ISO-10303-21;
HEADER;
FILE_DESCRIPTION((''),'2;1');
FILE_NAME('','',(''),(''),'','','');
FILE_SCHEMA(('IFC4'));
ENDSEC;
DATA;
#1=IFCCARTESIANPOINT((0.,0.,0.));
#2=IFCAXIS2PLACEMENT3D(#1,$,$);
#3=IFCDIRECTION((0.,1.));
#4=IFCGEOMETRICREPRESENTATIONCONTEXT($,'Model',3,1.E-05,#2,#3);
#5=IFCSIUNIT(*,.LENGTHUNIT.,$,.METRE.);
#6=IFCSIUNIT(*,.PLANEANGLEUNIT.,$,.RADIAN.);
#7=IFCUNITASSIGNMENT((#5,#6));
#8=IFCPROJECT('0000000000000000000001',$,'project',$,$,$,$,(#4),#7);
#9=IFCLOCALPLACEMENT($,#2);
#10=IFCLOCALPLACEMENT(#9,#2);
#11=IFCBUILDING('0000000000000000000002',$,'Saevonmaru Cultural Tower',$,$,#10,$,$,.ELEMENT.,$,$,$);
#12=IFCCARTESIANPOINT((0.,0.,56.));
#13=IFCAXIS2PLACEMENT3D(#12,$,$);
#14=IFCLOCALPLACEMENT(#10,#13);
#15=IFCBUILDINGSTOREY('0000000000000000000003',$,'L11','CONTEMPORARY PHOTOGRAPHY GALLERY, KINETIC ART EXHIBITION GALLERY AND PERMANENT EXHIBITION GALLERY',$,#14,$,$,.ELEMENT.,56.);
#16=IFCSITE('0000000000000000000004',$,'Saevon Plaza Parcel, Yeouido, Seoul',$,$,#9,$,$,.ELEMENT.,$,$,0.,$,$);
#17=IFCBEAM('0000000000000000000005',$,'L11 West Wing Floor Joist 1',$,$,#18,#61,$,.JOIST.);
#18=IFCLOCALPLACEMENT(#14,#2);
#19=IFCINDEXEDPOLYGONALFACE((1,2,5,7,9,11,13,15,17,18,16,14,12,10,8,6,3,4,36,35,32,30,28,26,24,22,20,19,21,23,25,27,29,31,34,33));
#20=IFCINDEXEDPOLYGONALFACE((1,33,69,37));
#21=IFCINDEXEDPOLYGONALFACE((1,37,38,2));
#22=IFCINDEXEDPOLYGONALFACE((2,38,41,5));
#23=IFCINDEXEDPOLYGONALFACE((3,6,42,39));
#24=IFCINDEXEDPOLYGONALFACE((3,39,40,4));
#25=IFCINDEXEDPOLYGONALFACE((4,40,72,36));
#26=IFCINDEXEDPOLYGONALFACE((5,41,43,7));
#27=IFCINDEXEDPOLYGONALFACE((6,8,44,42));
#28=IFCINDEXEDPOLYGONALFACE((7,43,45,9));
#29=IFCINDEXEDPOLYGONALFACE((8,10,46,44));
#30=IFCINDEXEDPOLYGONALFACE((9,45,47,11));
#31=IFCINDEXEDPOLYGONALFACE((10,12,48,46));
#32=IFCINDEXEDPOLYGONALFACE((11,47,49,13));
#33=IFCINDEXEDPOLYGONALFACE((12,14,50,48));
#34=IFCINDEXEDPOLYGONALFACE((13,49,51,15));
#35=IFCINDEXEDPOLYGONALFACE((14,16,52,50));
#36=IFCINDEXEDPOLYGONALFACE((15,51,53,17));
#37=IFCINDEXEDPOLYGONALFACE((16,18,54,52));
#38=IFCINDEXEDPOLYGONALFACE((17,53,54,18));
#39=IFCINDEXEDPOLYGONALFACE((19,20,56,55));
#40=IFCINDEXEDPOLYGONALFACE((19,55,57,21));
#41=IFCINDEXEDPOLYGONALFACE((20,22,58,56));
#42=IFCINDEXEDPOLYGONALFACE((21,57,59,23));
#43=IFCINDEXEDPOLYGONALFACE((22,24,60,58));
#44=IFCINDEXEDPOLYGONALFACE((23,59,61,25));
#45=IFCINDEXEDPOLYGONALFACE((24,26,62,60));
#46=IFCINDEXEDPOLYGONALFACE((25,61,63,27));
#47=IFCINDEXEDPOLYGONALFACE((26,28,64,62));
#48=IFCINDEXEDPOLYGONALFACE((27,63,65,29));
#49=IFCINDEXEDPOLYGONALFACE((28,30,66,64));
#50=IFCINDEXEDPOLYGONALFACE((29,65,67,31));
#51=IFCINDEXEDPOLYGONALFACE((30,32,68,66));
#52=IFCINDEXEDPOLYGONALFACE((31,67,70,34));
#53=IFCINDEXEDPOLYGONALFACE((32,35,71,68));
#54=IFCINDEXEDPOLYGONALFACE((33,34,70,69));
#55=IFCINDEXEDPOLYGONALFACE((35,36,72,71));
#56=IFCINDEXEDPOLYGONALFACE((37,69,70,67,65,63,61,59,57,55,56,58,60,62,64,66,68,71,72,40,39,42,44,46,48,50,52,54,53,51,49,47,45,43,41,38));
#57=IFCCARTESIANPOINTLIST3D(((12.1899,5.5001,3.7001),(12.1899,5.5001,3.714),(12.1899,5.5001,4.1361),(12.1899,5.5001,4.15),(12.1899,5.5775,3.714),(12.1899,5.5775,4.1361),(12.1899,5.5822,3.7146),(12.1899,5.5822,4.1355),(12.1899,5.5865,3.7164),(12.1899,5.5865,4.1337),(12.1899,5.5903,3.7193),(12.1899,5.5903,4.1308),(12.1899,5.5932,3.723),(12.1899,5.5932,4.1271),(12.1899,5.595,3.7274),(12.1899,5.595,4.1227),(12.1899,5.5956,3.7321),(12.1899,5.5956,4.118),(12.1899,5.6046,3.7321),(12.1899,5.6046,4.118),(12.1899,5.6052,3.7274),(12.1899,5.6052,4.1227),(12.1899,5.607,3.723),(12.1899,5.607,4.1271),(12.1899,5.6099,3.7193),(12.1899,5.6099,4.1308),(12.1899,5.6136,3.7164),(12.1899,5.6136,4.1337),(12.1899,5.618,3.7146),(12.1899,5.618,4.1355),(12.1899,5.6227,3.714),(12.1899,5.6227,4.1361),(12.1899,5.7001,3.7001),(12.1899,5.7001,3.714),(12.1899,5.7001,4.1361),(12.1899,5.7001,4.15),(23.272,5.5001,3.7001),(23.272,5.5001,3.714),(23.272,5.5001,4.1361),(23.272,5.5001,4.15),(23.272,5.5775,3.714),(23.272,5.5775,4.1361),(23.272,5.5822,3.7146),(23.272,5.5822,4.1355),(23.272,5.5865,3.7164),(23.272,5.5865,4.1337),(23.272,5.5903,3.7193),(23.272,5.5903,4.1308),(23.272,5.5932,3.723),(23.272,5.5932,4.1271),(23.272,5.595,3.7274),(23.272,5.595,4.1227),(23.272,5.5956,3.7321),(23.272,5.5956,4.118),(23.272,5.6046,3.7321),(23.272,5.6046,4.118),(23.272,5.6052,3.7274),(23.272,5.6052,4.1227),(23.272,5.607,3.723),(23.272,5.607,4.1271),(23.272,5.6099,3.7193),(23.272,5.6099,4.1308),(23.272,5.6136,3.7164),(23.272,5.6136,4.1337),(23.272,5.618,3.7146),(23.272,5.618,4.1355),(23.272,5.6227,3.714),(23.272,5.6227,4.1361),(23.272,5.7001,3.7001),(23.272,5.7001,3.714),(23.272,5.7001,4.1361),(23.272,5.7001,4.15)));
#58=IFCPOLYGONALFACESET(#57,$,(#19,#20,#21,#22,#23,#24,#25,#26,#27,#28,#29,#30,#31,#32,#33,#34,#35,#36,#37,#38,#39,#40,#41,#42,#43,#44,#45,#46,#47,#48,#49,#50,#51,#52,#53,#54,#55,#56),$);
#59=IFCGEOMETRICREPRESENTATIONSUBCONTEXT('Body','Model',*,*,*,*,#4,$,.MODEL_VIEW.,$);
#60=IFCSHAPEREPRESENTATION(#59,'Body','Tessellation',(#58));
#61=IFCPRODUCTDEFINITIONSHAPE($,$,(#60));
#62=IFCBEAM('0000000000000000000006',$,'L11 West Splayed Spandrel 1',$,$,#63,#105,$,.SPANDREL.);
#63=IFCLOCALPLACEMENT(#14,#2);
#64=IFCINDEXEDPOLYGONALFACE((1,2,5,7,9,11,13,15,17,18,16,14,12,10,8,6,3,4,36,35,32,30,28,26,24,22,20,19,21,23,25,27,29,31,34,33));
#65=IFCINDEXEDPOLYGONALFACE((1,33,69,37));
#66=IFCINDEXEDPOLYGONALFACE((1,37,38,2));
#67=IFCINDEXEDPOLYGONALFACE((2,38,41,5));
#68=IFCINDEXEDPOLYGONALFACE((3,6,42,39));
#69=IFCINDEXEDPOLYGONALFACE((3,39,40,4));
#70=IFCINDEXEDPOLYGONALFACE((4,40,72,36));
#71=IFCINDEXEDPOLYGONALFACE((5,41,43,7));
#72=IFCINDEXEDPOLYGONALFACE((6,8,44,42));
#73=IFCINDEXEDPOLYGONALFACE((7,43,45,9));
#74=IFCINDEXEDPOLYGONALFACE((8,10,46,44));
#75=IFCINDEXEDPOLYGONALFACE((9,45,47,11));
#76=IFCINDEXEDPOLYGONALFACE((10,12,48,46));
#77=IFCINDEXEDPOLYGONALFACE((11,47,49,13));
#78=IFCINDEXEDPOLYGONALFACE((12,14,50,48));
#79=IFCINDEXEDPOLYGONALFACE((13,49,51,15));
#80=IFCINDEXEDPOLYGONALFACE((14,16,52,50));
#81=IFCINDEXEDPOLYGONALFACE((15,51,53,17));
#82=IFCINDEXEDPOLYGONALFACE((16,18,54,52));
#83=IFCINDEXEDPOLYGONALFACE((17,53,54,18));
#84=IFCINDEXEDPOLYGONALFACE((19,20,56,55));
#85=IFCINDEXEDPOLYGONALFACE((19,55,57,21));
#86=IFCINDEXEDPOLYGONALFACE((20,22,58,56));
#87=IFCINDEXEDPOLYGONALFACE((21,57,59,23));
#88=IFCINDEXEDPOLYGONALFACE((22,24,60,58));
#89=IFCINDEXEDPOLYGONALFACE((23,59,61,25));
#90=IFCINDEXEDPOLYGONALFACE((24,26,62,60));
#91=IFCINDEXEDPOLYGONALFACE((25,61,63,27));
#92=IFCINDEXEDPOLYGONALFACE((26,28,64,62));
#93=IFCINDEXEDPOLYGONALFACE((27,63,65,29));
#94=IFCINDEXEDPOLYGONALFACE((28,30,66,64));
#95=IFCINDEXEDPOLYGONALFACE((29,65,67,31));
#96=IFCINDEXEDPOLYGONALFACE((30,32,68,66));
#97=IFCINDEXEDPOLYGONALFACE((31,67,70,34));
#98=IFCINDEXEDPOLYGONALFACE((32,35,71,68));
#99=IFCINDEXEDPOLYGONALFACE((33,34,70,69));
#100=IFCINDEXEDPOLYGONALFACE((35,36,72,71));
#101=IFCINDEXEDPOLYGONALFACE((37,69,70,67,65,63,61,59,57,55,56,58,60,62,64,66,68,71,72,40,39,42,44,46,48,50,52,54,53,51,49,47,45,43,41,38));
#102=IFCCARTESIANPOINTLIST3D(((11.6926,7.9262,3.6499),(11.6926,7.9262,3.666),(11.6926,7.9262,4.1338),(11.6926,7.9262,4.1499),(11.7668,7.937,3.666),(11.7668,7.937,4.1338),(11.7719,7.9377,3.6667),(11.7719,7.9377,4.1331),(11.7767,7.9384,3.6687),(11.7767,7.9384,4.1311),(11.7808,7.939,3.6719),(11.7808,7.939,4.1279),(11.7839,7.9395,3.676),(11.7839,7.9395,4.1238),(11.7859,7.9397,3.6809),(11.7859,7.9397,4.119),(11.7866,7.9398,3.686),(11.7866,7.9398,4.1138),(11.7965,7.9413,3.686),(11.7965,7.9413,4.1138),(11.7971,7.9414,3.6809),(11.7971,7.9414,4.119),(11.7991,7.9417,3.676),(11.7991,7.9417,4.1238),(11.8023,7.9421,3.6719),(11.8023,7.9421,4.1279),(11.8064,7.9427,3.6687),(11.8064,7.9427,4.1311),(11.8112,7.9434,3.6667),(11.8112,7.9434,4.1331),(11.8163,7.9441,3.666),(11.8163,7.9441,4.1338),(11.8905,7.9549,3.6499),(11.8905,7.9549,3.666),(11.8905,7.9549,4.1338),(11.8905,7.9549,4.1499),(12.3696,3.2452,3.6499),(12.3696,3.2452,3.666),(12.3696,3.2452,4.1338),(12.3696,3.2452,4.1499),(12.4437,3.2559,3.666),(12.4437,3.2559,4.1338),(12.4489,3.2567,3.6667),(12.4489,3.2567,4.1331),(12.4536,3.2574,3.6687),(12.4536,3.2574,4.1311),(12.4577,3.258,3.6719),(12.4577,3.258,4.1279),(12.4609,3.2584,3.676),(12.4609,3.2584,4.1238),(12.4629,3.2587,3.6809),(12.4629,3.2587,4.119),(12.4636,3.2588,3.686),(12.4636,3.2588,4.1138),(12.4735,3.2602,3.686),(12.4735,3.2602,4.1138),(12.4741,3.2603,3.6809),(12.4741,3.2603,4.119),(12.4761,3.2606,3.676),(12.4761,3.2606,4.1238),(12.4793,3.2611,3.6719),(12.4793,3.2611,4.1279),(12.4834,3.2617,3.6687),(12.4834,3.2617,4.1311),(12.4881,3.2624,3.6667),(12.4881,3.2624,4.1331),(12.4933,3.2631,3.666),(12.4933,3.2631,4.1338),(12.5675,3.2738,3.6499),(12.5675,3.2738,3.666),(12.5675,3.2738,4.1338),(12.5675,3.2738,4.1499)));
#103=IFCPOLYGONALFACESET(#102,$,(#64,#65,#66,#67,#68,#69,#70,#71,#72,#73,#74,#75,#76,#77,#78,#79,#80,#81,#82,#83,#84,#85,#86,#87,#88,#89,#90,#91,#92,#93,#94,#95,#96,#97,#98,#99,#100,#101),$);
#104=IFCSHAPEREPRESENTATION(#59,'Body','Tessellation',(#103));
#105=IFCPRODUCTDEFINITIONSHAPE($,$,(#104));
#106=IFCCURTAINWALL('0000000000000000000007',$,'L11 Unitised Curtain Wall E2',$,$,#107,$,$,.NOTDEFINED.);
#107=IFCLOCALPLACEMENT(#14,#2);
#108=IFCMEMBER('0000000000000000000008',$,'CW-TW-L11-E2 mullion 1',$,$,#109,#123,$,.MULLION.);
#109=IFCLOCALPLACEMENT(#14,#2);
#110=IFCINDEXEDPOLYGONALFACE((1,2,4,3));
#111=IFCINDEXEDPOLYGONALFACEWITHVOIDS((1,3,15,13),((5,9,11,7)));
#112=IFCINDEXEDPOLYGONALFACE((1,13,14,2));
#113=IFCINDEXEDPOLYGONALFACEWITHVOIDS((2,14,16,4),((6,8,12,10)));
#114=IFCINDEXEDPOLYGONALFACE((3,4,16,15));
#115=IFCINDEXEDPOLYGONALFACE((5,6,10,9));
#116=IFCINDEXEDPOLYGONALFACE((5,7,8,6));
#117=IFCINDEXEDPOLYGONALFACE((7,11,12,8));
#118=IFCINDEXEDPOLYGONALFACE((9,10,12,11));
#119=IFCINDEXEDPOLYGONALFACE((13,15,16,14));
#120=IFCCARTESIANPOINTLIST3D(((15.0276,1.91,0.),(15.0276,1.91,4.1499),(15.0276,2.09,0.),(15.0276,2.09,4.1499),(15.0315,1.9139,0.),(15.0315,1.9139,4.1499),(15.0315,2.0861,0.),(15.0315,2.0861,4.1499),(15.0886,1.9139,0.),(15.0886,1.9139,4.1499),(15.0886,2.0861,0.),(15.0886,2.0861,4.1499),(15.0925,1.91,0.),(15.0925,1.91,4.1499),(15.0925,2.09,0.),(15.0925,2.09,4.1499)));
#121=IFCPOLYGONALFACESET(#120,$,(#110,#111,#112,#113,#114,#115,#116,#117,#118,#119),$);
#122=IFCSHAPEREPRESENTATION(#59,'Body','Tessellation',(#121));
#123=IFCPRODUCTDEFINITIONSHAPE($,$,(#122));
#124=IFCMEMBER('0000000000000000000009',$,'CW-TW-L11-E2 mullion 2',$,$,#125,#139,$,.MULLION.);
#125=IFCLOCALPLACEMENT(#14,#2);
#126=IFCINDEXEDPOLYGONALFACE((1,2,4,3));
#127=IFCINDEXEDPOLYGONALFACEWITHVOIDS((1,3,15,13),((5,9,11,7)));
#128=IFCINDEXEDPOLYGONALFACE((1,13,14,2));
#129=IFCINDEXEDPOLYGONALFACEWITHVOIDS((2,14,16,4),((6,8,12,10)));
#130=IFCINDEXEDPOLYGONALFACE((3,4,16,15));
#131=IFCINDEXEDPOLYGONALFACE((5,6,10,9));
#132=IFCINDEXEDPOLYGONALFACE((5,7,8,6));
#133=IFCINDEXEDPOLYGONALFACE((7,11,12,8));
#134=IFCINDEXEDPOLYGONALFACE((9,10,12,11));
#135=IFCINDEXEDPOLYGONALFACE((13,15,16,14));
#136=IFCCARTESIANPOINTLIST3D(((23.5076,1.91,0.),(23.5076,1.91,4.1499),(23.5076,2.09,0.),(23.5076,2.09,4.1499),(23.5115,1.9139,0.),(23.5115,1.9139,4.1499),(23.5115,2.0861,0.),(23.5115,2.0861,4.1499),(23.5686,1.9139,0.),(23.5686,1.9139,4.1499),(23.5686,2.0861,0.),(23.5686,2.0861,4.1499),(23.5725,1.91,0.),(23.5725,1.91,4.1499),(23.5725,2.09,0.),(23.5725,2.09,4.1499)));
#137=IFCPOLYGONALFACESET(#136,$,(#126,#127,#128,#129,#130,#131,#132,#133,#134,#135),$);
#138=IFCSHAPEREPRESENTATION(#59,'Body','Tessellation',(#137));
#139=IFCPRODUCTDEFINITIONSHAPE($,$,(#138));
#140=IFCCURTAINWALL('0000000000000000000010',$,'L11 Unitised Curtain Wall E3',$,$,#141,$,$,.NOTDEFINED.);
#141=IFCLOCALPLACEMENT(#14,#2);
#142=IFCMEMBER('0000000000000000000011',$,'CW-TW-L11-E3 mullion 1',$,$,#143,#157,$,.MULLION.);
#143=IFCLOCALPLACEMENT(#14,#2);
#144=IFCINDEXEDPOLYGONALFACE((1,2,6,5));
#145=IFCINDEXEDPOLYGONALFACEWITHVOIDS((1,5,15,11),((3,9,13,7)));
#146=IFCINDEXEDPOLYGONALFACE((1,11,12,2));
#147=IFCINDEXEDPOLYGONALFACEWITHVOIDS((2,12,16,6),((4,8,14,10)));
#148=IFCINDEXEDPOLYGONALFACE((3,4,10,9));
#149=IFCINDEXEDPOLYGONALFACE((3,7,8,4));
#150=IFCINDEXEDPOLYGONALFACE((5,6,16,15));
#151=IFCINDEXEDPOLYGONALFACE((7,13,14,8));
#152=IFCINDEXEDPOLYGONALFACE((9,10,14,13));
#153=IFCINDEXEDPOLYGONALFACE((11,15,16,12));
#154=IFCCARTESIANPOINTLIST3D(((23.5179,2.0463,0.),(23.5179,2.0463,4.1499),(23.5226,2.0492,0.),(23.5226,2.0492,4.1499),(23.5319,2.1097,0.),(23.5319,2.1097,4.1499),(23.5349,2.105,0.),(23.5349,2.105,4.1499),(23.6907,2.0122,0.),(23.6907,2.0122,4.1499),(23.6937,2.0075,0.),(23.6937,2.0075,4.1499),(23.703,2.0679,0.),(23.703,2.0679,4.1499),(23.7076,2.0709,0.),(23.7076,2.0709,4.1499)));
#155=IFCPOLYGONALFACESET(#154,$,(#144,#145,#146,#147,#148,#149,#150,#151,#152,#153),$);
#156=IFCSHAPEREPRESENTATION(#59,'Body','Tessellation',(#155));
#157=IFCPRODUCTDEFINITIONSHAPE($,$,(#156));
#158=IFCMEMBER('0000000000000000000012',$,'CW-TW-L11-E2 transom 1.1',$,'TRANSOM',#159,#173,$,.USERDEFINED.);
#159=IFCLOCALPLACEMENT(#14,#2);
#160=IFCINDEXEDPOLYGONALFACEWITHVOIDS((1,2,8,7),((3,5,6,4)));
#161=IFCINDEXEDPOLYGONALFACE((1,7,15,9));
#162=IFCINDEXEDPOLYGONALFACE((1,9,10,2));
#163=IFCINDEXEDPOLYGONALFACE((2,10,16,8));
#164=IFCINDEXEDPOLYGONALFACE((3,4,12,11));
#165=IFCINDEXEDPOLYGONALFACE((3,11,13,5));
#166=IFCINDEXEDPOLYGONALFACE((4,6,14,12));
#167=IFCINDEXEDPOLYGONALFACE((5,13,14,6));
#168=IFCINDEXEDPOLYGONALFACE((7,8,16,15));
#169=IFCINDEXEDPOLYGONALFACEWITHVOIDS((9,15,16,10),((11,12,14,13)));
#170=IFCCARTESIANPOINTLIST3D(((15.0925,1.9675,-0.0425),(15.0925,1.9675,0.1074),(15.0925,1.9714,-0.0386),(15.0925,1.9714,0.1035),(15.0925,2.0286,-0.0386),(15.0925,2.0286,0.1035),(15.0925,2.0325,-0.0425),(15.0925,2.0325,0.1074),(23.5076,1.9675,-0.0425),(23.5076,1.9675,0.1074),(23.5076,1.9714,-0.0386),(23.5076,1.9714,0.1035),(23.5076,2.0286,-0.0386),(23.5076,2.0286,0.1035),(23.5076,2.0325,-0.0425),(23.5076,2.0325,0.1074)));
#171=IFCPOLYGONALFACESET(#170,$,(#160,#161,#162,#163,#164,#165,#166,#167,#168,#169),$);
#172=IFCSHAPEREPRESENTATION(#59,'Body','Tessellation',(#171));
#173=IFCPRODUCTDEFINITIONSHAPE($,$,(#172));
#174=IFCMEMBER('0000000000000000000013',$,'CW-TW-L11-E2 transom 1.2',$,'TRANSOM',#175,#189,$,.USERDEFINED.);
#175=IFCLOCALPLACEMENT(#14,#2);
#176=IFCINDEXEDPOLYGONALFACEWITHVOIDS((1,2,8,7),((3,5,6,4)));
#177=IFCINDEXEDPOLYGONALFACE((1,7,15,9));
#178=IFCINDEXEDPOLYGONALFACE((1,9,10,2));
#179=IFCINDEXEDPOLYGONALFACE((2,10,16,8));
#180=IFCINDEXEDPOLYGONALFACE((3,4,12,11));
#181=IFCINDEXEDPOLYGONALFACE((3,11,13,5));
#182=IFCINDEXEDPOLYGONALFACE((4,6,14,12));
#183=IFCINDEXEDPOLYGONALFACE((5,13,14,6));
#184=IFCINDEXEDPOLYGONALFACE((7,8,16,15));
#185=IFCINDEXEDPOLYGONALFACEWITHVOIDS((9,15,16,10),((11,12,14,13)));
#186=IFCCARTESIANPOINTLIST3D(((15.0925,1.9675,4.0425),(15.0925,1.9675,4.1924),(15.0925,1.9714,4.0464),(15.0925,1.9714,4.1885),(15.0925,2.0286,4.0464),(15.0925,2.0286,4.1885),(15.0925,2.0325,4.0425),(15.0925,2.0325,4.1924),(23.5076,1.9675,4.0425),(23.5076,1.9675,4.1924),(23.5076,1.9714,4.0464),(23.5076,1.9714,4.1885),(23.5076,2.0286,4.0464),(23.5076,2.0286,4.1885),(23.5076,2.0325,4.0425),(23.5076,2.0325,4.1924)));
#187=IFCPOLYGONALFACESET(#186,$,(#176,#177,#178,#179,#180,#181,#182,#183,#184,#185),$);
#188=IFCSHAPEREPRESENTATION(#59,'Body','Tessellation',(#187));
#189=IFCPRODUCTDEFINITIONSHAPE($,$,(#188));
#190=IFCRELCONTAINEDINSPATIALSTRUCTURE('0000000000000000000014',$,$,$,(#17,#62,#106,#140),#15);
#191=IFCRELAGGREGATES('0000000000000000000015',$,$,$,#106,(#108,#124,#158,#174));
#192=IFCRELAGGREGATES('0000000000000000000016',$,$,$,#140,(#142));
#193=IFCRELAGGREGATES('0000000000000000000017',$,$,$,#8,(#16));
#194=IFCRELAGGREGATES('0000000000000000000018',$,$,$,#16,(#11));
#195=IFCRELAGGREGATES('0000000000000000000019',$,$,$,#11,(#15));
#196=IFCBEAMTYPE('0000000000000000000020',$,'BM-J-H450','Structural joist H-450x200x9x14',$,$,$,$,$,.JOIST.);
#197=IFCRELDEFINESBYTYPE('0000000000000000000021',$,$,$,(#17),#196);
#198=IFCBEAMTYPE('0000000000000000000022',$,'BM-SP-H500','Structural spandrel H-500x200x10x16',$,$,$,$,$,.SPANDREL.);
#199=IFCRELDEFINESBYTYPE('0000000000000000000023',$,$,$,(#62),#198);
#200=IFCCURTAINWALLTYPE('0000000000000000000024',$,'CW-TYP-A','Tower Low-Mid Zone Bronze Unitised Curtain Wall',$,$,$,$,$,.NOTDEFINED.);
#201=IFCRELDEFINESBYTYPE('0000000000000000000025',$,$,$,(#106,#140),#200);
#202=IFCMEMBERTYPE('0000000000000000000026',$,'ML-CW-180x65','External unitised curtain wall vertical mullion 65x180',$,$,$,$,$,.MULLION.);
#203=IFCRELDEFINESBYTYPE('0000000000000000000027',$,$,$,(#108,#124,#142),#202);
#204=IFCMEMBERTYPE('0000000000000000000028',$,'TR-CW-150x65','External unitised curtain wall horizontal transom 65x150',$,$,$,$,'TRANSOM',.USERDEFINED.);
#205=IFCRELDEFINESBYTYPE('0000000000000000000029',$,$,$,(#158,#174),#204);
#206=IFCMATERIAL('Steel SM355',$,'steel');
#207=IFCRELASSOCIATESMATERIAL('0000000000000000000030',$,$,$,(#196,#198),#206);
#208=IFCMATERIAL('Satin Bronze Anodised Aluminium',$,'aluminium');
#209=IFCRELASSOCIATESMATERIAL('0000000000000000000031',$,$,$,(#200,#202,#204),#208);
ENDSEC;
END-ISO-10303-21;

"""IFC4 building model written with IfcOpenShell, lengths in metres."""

from ifc_helpers import new_model, si_unit, direction, frame, origin, origin_2d, place, context, subcontext, project, spatial, hollow_rectangle, i_section, extrude, material, material_profile, profile_set, type_object, element, aggregate, save


model = new_model("IFC4")

# Units and contexts
model_context = context("Model", 3, precision=1e-05, world=origin(), true_north=direction((0.0, 1.0)))
body_context = subcontext(model_context, "Body", "Model", "MODEL_VIEW")
ifc_project = project(units=[si_unit("LENGTHUNIT", "METRE"), si_unit("PLANEANGLEUNIT", "RADIAN")], contexts=[model_context])

# Site, building, storey
site_placement = place(None, origin())
site = spatial("IfcSite", under=ifc_project, at=site_placement, Name="Saevon Plaza Parcel, Yeouido, Seoul", CompositionType="ELEMENT", RefElevation=0.0)
building_placement = place(site_placement, origin())
building = spatial("IfcBuilding", under=site, at=building_placement, Name="Saevonmaru Cultural Tower", CompositionType="ELEMENT")
storey_placement = place(building_placement, frame((0.0, 0.0, 56.0)))
storey = spatial("IfcBuildingStorey", under=building, at=storey_placement, Name="L11", Description="CONTEMPORARY PHOTOGRAPHY GALLERY, KINETIC ART EXHIBITION GALLERY AND PERMANENT EXHIBITION GALLERY", CompositionType="ELEMENT", Elevation=56.0)

# Beams
ifc_material_1 = material(Name="Steel SM355", Category="steel")
ifc_material_profile_1 = material_profile(ifc_material_1, i_section(OverallWidth=0.2, OverallDepth=0.45, WebThickness=0.009, FlangeThickness=0.0139, FilletRadius=0.0181, at=origin_2d()), Name="H-450x200x9x14")
ifc_profile_set_1 = profile_set([ifc_material_profile_1], Name="Steel SM355")
beam_type_1 = type_object("IfcBeamType", Name="BM-J-H450", Description="Structural joist H-450x200x9x14", PredefinedType="JOIST", material=ifc_profile_set_1)
beam_1_placement = place(storey_placement, frame((12.1899, 5.6001, 3.925), z_axis=(1.0, 0.0, 0.0), x_axis=(0.0, 1.0, 0.0)))
element("IfcBeam", 1, at=beam_1_placement, inside=storey, type_object=beam_type_1, Name="L11 West Wing Floor Joist 1", PredefinedType="JOIST", context=body_context, shape_type="SweptSolid", body=[
    extrude(i_section(OverallWidth=0.2, OverallDepth=0.45, WebThickness=0.009, FlangeThickness=0.0139, FilletRadius=0.0181, at=origin_2d()), origin(), (0.0, 0.0, 1.0), 11.082),
])
ifc_material_profile_2 = material_profile(ifc_material_1, i_section(OverallWidth=0.2, OverallDepth=0.5, WebThickness=0.01, FlangeThickness=0.0161, FilletRadius=0.02, at=origin_2d()), Name="H-500x200x10x16")
ifc_profile_set_2 = profile_set([ifc_material_profile_2], Name="Steel SM355")
beam_type_2 = type_object("IfcBeamType", Name="BM-SP-H500", Description="Structural spandrel H-500x200x10x16", PredefinedType="SPANDREL", material=ifc_profile_set_2)
beam_2_placement = place(storey_placement, frame((12.4685, 3.2595, 3.8999), z_axis=(-0.143134, 0.989703, 0.0), x_axis=(-0.989703, -0.143134, 0.0)))
element("IfcBeam", 2, at=beam_2_placement, inside=storey, type_object=beam_type_2, Name="L11 West Splayed Spandrel 1", PredefinedType="SPANDREL", context=body_context, shape_type="SweptSolid", body=[
    extrude(i_section(OverallWidth=0.2, OverallDepth=0.5, WebThickness=0.01, FlangeThickness=0.0161, FilletRadius=0.02, at=origin_2d()), origin(), (0.0, 0.0, 1.0), 4.7297),
])

# Curtain wall, members
ifc_material_2 = material(Name="Satin Bronze Anodised Aluminium", Category="aluminium")
curtain_wall_type = type_object("IfcCurtainWallType", Name="CW-TYP-A", Description="Tower Low-Mid Zone Bronze Unitised Curtain Wall", PredefinedType="NOTDEFINED", material=ifc_material_2)
curtain_wall_1_placement = place(storey_placement, origin())
curtain_wall_1 = element("IfcCurtainWall", 3, at=curtain_wall_1_placement, inside=storey, type_object=curtain_wall_type, Name="L11 Unitised Curtain Wall E2", PredefinedType="NOTDEFINED")
ifc_material_profile_3 = material_profile(ifc_material_2, hollow_rectangle(XDim=0.0649, YDim=0.1799, WallThickness=0.0039, at=origin_2d()), Name="ALU-MULL-180x65x4")
ifc_profile_set_3 = profile_set([ifc_material_profile_3], Name="Satin Bronze Anodised Aluminium")
member_type_1 = type_object("IfcMemberType", Name="ML-CW-180x65", Description="External unitised curtain wall vertical mullion 65x180", PredefinedType="MULLION", material=ifc_profile_set_3)
member_1_placement = place(storey_placement, frame((15.0601, 2.0, 0.0), z_axis=(0.0, 0.0, 1.0), x_axis=(1.0, 0.0, 0.0)))
member_1 = element("IfcMember", 4, at=member_1_placement, type_object=member_type_1, Name="CW-TW-L11-E2 mullion 1", PredefinedType="MULLION", context=body_context, shape_type="SweptSolid", body=[
    extrude(hollow_rectangle(XDim=0.0649, YDim=0.1799, WallThickness=0.0039, at=origin_2d()), origin(), (0.0, 0.0, 1.0), 4.1499),
])
member_2_placement = place(storey_placement, frame((23.54, 2.0, 0.0), z_axis=(0.0, 0.0, 1.0), x_axis=(1.0, 0.0, 0.0)))
member_2 = element("IfcMember", 5, at=member_2_placement, type_object=member_type_1, Name="CW-TW-L11-E2 mullion 2", PredefinedType="MULLION", context=body_context, shape_type="SweptSolid", body=[
    extrude(hollow_rectangle(XDim=0.0649, YDim=0.1799, WallThickness=0.0039, at=origin_2d()), origin(), (0.0, 0.0, 1.0), 4.1499),
])

# Curtain wall, member
curtain_wall_2_placement = place(storey_placement, origin())
curtain_wall_2 = element("IfcCurtainWall", 6, at=curtain_wall_2_placement, inside=storey, type_object=curtain_wall_type, Name="L11 Unitised Curtain Wall E3", PredefinedType="NOTDEFINED")
member_3_placement = place(storey_placement, frame((23.6128, 2.0586, 0.0), z_axis=(0.0, 0.0, 1.0), x_axis=(0.215413, 0.976523, 0.0)))
member_3 = element("IfcMember", 7, at=member_3_placement, type_object=member_type_1, Name="CW-TW-L11-E3 mullion 1", PredefinedType="MULLION", context=body_context, shape_type="SweptSolid", body=[
    extrude(hollow_rectangle(XDim=0.0649, YDim=0.1799, WallThickness=0.0039, at=origin_2d()), origin(), (0.0, 0.0, 1.0), 4.1499),
])

# Members
ifc_material_profile_4 = material_profile(ifc_material_2, hollow_rectangle(XDim=0.0649, YDim=0.1499, WallThickness=0.0039, at=origin_2d()), Name="ALU-TRAN-150x65x4")
ifc_profile_set_4 = profile_set([ifc_material_profile_4], Name="Satin Bronze Anodised Aluminium")
member_type_2 = type_object("IfcMemberType", Name="TR-CW-150x65", Description="External unitised curtain wall horizontal transom 65x150", ElementType="TRANSOM", PredefinedType="USERDEFINED", material=ifc_profile_set_4)
member_4_placement = place(storey_placement, frame((15.0925, 2.0, 0.0325), z_axis=(1.0, 0.0, 0.0), x_axis=(0.0, 1.0, 0.0)))
member_4 = element("IfcMember", 8, at=member_4_placement, type_object=member_type_2, Name="CW-TW-L11-E2 transom 1.1", ObjectType="TRANSOM", PredefinedType="USERDEFINED", context=body_context, shape_type="SweptSolid", body=[
    extrude(hollow_rectangle(XDim=0.0649, YDim=0.1499, WallThickness=0.0039, at=origin_2d()), origin(), (0.0, 0.0, 1.0), 8.415),
])
member_5_placement = place(storey_placement, frame((15.0925, 2.0, 4.1174), z_axis=(1.0, 0.0, 0.0), x_axis=(0.0, 1.0, 0.0)))
member_5 = element("IfcMember", 9, at=member_5_placement, type_object=member_type_2, Name="CW-TW-L11-E2 transom 1.2", ObjectType="TRANSOM", PredefinedType="USERDEFINED", context=body_context, shape_type="SweptSolid", body=[
    extrude(hollow_rectangle(XDim=0.0649, YDim=0.1499, WallThickness=0.0039, at=origin_2d()), origin(), (0.0, 0.0, 1.0), 8.415),
])

aggregate(curtain_wall_1, [member_1, member_2, member_4, member_5])
aggregate(curtain_wall_2, [member_3])

save(model, "model.ifc")
